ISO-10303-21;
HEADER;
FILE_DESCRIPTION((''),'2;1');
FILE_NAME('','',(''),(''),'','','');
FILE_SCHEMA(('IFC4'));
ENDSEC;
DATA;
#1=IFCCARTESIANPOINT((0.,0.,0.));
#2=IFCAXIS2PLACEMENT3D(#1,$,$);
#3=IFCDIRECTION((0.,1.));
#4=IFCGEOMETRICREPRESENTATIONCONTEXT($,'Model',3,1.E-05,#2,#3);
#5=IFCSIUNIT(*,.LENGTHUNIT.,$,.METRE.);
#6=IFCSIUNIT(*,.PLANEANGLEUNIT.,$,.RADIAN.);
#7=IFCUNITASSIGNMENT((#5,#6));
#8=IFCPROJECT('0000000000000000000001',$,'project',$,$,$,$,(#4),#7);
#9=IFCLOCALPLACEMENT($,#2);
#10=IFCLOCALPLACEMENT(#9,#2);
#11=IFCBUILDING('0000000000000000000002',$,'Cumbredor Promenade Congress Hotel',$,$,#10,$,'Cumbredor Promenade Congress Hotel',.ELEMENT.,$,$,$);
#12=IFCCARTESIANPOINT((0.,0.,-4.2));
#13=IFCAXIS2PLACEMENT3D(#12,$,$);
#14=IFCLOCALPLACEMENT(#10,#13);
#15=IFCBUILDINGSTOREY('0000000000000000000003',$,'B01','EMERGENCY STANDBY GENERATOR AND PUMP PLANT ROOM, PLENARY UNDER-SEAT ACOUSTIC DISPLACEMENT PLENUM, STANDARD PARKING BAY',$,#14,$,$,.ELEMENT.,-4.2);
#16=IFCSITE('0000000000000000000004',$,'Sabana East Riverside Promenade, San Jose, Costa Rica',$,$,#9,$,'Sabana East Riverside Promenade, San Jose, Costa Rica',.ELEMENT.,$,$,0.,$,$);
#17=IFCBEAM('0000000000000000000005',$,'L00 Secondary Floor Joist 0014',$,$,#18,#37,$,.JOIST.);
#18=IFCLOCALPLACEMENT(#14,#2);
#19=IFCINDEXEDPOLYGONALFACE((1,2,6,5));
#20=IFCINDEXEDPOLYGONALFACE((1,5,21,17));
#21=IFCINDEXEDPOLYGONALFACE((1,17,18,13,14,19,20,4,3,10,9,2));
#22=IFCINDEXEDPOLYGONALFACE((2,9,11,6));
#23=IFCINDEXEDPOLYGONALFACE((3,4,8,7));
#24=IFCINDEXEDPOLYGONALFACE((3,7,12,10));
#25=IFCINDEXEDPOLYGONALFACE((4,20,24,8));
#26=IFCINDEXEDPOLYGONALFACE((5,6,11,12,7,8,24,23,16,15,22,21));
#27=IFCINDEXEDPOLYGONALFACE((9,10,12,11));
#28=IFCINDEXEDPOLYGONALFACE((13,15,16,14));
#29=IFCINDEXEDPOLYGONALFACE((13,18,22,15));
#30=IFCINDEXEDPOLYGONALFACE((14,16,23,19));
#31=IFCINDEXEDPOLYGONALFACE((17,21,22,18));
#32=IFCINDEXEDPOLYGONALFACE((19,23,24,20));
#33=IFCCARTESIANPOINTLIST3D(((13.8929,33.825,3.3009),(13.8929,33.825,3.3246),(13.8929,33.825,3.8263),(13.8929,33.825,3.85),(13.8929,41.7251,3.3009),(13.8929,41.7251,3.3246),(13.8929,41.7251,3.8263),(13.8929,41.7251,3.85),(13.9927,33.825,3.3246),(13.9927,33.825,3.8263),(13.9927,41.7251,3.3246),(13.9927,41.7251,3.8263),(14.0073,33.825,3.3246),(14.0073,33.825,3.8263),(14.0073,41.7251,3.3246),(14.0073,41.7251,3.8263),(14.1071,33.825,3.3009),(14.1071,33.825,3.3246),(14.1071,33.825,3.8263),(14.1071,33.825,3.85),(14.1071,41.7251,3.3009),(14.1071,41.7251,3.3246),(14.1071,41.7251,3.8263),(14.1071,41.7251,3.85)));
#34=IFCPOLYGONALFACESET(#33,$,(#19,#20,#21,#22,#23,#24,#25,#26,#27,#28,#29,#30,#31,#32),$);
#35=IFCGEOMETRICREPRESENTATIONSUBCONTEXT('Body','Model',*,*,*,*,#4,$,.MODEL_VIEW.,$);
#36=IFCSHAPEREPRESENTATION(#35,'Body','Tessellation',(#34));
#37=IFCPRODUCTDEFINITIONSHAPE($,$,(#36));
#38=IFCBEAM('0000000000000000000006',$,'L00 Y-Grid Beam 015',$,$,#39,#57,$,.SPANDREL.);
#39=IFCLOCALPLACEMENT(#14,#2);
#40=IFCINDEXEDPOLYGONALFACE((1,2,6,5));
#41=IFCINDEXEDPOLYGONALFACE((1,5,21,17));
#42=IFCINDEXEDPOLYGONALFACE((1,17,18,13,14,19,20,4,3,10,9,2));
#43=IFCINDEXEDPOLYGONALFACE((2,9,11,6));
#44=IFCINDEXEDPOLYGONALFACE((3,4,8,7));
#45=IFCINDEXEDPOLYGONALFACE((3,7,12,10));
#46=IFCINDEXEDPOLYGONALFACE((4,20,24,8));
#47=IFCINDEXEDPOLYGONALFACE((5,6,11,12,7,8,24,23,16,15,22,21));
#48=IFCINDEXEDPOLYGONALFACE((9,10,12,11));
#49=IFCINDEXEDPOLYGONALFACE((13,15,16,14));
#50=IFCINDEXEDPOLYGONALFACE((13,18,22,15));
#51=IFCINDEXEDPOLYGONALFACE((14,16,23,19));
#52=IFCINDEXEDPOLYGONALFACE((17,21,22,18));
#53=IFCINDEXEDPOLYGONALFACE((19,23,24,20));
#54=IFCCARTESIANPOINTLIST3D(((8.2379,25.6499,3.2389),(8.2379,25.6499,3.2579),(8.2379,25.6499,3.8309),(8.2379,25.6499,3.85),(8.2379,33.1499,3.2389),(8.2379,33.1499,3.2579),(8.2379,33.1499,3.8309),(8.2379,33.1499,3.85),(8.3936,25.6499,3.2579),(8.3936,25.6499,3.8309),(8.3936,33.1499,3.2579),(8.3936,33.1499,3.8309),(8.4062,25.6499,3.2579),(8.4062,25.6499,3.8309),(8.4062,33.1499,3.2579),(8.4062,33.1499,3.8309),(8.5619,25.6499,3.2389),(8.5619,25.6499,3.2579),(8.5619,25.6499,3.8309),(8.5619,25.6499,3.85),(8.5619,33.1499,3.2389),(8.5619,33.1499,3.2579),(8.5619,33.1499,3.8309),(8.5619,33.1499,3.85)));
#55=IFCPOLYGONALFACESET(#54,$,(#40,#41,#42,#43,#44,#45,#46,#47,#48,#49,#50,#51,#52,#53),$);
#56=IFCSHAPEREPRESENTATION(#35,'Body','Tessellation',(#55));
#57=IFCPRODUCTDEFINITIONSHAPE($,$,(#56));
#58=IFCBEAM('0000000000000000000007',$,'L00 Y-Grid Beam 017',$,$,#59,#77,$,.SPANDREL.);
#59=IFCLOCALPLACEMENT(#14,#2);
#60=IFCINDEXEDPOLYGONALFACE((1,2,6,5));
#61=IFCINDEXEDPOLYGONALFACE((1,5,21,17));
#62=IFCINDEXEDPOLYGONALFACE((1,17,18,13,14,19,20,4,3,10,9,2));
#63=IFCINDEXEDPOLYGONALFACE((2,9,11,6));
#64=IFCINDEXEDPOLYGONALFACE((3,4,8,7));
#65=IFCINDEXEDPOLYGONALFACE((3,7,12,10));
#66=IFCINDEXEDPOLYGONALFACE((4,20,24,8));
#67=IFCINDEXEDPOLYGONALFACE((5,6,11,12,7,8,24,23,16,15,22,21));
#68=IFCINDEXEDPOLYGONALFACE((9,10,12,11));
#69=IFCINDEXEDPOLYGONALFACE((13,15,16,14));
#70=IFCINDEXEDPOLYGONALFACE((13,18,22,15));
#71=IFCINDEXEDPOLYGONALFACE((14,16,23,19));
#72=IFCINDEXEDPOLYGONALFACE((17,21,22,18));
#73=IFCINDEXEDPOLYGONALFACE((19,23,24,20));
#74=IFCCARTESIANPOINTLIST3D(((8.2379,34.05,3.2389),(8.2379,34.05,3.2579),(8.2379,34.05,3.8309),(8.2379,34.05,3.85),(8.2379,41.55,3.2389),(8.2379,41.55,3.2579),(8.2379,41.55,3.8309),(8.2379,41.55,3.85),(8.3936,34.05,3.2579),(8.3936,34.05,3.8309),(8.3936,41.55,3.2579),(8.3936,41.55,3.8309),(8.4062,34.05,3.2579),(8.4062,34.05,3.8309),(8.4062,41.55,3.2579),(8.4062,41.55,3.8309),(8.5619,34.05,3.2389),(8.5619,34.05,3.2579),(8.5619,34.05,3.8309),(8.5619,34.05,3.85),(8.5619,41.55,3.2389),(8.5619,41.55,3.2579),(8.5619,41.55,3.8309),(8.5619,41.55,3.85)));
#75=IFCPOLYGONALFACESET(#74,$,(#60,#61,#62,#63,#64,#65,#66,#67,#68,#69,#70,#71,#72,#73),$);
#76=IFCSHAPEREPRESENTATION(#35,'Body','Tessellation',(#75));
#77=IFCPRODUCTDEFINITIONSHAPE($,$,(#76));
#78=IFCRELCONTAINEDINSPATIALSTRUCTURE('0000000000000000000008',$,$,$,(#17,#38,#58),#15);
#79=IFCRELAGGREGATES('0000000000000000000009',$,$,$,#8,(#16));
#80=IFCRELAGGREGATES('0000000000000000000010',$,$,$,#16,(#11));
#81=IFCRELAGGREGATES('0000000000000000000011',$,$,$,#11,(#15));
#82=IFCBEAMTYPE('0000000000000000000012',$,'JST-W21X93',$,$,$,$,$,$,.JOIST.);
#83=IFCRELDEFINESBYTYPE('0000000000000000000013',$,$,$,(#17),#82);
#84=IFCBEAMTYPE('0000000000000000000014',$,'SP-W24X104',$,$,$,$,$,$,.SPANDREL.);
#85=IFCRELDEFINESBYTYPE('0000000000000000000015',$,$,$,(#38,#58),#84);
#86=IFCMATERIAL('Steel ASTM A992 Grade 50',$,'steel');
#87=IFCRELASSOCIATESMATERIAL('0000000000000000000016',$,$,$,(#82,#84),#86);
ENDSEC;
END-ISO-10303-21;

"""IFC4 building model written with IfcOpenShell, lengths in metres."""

from ifc_helpers import new_model, si_unit, direction, frame, origin, origin_2d, place, context, subcontext, project, spatial, i_section, extrude, material, material_profile, profile_set, type_object, element, save


model = new_model("IFC4")

# Units and contexts
model_context = context("Model", 3, precision=1e-05, world=origin(), true_north=direction((0.0, 1.0)))
body_context = subcontext(model_context, "Body", "Model", "MODEL_VIEW")
ifc_project = project(units=[si_unit("LENGTHUNIT", "METRE"), si_unit("PLANEANGLEUNIT", "RADIAN")], contexts=[model_context])

# Site, building, storey
site_placement = place(None, origin())
site = spatial("IfcSite", under=ifc_project, at=site_placement, Name="Sabana East Riverside Promenade, San Jose, Costa Rica", LongName="Sabana East Riverside Promenade, San Jose, Costa Rica", CompositionType="ELEMENT", RefElevation=0.0)
building_placement = place(site_placement, origin())
building = spatial("IfcBuilding", under=site, at=building_placement, Name="Cumbredor Promenade Congress Hotel", LongName="Cumbredor Promenade Congress Hotel", CompositionType="ELEMENT")
storey_placement = place(building_placement, frame((0.0, 0.0, -4.2)))
storey = spatial("IfcBuildingStorey", under=building, at=storey_placement, Name="B01", Description="EMERGENCY STANDBY GENERATOR AND PUMP PLANT ROOM, PLENARY UNDER-SEAT ACOUSTIC DISPLACEMENT PLENUM, STANDARD PARKING BAY", CompositionType="ELEMENT", Elevation=-4.2)

# Beams
ifc_material_1 = material(Name="Steel ASTM A992 Grade 50", Category="steel")
ifc_material_profile_1 = material_profile(ifc_material_1, i_section(OverallWidth=0.2141, OverallDepth=0.5491, WebThickness=0.0146, FlangeThickness=0.0237, at=origin_2d()), Name="W21X93")
ifc_profile_set_1 = profile_set([ifc_material_profile_1], Name="Steel ASTM A992 Grade 50")
beam_type_1 = type_object("IfcBeamType", Name="JST-W21X93", PredefinedType="JOIST", material=ifc_profile_set_1)
for number, where, z_axis, x_axis, name in (
    (1, (14.0, 33.825, 3.5754), (0.0, 1.0, 0.0), (-1.0, 0.0, 0.0), "L00 Secondary Floor Joist 0014"),
):
    element("IfcBeam", number, at=place(storey_placement, frame(where, z_axis=z_axis, x_axis=x_axis)), inside=storey, type_object=beam_type_1, Name=name, PredefinedType="JOIST", context=body_context, shape_type="SweptSolid", body=[
        extrude(i_section(OverallWidth=0.2141, OverallDepth=0.5491, WebThickness=0.0146, FlangeThickness=0.0237, at=origin_2d()), origin(), (0.0, 0.0, 1.0), 7.9001),
    ])
ifc_material_profile_2 = material_profile(ifc_material_1, i_section(OverallWidth=0.324, OverallDepth=0.6111, WebThickness=0.0127, FlangeThickness=0.019, at=origin_2d()), Name="W24X104")
ifc_profile_set_2 = profile_set([ifc_material_profile_2], Name="Steel ASTM A992 Grade 50")
beam_type_2 = type_object("IfcBeamType", Name="SP-W24X104", PredefinedType="SPANDREL", material=ifc_profile_set_2)
for number, where, z_axis, x_axis, name in (
    (2, (8.3999, 25.6499, 3.5444), (0.0, 1.0, 0.0), (-1.0, 0.0, 0.0), "L00 Y-Grid Beam 015"),
    (3, (8.3999, 34.05, 3.5444), (0.0, 1.0, 0.0), (-1.0, 0.0, 0.0), "L00 Y-Grid Beam 017"),
):
    element("IfcBeam", number, at=place(storey_placement, frame(where, z_axis=z_axis, x_axis=x_axis)), inside=storey, type_object=beam_type_2, Name=name, PredefinedType="SPANDREL", context=body_context, shape_type="SweptSolid", body=[
        extrude(i_section(OverallWidth=0.324, OverallDepth=0.6111, WebThickness=0.0127, FlangeThickness=0.019, at=origin_2d()), origin(), (0.0, 0.0, 1.0), 7.5),
    ])

save(model, "model.ifc")
